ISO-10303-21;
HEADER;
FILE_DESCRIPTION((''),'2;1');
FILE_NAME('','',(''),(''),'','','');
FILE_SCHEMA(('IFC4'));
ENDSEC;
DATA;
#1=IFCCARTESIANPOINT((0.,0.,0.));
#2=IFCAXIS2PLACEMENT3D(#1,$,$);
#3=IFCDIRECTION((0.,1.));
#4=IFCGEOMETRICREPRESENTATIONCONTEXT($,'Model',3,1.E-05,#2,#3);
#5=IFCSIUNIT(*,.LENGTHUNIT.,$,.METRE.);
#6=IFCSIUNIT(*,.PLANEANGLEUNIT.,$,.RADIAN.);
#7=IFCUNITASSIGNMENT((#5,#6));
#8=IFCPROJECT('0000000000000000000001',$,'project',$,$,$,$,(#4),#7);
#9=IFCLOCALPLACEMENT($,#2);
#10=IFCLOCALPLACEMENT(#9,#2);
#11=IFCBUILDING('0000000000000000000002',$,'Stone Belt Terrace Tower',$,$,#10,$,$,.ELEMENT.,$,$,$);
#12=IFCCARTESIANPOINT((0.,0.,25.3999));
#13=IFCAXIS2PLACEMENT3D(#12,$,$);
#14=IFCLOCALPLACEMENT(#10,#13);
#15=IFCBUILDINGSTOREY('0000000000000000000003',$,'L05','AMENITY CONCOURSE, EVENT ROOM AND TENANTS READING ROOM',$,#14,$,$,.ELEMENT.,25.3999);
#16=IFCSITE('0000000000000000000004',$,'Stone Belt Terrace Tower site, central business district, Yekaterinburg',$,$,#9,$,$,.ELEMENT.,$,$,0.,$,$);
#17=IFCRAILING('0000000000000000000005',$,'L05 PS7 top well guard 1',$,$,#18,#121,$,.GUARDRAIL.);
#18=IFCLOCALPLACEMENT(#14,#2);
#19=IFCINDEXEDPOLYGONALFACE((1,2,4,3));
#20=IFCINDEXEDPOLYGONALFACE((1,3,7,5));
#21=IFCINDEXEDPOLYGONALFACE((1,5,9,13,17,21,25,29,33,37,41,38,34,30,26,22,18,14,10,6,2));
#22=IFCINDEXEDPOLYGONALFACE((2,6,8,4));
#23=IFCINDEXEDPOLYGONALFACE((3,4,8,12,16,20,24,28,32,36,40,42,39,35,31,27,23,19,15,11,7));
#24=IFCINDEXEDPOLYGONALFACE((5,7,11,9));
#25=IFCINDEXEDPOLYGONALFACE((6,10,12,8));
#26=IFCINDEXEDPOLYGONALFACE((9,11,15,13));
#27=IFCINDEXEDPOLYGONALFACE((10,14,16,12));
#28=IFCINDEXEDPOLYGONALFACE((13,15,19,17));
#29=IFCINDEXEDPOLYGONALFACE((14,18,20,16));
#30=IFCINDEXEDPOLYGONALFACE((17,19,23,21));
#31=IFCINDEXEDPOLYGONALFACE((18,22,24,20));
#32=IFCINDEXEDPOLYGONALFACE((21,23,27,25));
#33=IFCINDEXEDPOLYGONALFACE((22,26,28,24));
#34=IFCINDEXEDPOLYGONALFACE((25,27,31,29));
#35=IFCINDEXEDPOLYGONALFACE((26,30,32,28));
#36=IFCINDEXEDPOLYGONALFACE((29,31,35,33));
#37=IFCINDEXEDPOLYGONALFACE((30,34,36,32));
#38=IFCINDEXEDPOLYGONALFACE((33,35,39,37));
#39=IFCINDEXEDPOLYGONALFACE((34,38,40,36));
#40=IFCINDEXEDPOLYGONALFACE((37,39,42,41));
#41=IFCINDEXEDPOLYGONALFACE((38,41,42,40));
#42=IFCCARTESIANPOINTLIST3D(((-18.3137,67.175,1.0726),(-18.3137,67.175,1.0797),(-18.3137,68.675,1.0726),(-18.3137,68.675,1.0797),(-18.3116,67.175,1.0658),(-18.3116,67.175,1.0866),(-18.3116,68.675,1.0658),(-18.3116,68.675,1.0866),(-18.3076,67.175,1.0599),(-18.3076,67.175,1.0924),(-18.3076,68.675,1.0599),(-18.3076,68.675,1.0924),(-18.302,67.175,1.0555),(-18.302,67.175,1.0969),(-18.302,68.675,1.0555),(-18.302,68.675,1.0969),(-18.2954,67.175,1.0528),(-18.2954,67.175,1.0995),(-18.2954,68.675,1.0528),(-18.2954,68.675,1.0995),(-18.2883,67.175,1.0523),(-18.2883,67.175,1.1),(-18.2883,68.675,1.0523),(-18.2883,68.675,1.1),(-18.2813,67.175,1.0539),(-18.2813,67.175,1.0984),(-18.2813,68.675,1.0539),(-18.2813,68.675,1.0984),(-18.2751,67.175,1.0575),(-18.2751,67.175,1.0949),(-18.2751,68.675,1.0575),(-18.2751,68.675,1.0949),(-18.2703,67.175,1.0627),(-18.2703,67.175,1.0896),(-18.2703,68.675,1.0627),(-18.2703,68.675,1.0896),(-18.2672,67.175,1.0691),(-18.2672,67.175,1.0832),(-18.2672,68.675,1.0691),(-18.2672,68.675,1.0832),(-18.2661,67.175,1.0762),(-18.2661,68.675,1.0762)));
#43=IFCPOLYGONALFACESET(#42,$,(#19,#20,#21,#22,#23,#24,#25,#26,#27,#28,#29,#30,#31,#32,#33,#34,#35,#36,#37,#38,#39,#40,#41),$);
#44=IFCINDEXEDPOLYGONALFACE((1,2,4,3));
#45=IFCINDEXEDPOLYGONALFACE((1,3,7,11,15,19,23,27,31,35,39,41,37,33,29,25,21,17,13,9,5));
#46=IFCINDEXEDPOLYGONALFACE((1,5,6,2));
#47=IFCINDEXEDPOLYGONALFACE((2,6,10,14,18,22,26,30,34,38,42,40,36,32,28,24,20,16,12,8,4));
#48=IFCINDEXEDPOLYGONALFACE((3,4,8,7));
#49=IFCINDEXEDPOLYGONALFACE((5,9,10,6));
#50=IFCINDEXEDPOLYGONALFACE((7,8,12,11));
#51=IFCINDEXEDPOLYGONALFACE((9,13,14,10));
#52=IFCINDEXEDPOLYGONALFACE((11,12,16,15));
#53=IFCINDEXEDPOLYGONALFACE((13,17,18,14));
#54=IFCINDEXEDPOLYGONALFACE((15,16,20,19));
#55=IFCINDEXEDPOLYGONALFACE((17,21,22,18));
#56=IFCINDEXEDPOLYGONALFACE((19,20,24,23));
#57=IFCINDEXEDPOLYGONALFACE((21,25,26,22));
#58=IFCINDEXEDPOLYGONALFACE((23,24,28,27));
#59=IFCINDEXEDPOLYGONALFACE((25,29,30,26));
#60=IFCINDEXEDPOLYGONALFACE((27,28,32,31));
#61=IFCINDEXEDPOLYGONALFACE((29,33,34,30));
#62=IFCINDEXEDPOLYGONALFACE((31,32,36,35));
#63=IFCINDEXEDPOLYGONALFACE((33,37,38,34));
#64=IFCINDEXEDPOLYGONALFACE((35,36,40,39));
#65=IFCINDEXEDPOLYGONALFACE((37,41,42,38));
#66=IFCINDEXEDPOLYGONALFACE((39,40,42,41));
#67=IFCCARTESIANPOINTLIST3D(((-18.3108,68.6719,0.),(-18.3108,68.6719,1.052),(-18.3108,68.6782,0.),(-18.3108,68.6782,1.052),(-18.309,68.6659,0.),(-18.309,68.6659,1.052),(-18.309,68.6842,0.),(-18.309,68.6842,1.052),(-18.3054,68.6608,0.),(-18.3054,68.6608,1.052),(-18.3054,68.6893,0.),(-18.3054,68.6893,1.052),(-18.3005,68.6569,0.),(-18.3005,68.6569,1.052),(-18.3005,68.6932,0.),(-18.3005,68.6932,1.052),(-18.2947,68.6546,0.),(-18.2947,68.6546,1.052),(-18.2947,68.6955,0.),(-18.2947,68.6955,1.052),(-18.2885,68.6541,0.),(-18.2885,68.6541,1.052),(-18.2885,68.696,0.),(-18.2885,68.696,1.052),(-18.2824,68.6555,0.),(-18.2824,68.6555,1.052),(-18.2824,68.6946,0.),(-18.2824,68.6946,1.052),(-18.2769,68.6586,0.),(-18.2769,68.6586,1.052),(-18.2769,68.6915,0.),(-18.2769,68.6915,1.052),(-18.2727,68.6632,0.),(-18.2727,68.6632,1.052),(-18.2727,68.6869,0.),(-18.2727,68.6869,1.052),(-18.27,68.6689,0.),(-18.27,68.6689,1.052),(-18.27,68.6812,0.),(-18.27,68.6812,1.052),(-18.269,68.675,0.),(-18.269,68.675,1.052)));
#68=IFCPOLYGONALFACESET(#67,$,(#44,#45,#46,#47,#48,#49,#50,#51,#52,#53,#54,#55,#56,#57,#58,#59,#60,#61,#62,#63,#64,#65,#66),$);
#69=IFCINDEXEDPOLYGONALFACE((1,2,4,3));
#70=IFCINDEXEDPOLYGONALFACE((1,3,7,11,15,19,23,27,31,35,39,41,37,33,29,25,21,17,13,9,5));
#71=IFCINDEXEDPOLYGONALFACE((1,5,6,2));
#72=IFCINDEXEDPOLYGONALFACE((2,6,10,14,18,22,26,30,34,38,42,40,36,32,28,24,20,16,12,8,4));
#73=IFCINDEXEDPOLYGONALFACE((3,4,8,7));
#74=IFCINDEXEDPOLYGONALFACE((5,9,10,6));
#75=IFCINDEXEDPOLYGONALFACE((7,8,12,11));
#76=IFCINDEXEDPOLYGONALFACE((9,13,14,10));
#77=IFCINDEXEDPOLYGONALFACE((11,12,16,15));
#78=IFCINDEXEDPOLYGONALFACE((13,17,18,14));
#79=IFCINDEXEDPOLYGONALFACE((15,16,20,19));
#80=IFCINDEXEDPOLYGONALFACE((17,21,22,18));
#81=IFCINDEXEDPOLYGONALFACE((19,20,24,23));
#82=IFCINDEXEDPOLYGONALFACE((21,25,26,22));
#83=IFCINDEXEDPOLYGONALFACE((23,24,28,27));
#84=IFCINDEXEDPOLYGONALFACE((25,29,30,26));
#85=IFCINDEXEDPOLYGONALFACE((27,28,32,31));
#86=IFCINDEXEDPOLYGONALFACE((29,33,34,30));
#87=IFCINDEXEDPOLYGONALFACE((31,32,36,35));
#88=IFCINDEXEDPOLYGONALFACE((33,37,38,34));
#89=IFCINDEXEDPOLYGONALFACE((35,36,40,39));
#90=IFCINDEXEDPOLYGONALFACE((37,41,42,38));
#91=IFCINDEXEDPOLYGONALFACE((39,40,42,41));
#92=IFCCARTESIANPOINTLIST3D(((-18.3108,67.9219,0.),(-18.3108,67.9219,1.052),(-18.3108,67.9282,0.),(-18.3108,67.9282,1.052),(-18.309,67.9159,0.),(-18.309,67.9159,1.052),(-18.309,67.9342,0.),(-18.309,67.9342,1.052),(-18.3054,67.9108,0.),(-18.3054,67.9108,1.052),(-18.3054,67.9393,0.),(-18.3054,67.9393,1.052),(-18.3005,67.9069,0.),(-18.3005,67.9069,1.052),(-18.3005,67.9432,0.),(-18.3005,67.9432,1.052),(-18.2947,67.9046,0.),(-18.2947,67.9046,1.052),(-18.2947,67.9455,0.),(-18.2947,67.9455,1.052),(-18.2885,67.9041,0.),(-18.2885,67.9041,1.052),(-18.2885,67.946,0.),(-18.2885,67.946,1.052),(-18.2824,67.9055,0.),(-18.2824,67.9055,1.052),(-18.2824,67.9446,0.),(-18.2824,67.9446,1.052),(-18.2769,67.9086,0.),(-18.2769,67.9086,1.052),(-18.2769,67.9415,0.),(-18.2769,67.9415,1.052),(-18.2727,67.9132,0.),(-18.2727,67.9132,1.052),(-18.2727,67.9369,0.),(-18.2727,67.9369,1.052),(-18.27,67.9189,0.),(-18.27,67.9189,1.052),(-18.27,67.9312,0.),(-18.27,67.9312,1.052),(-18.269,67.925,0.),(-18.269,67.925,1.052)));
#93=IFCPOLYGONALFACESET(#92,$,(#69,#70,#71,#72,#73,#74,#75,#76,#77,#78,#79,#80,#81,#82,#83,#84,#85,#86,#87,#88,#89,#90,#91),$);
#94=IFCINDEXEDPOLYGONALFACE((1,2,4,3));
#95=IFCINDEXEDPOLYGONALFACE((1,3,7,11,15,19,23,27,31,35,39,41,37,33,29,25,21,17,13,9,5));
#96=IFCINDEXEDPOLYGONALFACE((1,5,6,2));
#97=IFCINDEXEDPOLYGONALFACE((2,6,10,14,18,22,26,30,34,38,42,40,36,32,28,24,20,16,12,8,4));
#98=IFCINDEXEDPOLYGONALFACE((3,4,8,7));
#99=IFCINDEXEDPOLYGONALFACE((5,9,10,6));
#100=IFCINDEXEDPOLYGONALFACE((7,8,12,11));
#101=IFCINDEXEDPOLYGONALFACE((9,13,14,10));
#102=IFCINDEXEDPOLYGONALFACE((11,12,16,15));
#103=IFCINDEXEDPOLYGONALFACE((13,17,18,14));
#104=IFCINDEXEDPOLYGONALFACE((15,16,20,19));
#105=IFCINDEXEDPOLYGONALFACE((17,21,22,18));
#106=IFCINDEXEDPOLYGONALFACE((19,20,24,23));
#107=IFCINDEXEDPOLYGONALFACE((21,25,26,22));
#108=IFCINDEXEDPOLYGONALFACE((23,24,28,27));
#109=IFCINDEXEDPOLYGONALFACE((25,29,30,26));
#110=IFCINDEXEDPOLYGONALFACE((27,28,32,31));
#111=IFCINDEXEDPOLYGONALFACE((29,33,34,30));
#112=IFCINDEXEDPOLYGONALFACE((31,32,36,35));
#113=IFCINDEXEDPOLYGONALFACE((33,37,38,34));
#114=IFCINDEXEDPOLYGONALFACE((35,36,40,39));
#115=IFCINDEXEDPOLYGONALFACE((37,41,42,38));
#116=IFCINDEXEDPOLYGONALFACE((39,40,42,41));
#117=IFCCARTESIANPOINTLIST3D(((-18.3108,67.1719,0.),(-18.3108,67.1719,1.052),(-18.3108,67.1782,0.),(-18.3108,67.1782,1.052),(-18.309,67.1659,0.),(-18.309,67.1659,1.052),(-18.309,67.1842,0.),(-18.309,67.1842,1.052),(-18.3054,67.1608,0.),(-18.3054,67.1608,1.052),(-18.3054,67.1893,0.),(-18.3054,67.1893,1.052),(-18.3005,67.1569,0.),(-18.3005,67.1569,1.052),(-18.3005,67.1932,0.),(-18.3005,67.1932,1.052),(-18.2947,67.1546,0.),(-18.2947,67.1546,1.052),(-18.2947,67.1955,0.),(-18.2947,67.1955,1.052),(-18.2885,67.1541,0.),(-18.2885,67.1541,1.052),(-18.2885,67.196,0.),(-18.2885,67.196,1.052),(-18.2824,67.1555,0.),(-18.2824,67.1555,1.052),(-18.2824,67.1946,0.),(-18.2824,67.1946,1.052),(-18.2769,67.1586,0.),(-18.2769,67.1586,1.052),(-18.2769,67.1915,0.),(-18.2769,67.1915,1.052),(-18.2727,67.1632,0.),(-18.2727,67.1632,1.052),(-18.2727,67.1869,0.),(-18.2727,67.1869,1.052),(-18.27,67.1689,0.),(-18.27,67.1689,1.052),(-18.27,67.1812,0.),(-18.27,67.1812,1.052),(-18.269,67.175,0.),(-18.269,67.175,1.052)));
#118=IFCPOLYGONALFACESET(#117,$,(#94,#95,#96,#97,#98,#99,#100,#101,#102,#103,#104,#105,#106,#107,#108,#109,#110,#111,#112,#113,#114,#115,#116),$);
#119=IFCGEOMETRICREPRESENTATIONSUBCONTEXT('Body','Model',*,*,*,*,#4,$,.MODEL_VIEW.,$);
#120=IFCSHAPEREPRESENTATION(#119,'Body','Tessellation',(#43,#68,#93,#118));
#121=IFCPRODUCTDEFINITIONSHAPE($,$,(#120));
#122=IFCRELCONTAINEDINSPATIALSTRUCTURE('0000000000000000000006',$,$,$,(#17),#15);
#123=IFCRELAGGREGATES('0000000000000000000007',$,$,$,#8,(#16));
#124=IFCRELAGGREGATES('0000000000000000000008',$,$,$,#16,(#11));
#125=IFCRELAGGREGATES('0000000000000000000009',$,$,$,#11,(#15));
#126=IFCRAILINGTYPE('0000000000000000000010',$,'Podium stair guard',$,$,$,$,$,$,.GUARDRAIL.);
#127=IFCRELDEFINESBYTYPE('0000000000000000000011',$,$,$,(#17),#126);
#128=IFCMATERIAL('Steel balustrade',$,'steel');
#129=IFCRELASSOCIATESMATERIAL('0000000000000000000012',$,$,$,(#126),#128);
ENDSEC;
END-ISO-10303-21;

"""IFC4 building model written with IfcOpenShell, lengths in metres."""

from ifc_helpers import new_model, si_unit, direction, frame, origin, origin_2d, place, context, subcontext, project, spatial, circle, extrude, material, type_object, element, save


model = new_model("IFC4")

# Units and contexts
model_context = context("Model", 3, precision=1e-05, world=origin(), true_north=direction((0.0, 1.0)))
body_context = subcontext(model_context, "Body", "Model", "MODEL_VIEW")
ifc_project = project(units=[si_unit("LENGTHUNIT", "METRE"), si_unit("PLANEANGLEUNIT", "RADIAN")], contexts=[model_context])

# Site, building, storey
site_placement = place(None, origin())
site = spatial("IfcSite", under=ifc_project, at=site_placement, Name="Stone Belt Terrace Tower site, central business district, Yekaterinburg", CompositionType="ELEMENT", RefElevation=0.0)
building_placement = place(site_placement, origin())
building = spatial("IfcBuilding", under=site, at=building_placement, Name="Stone Belt Terrace Tower", CompositionType="ELEMENT")
storey_placement = place(building_placement, frame((0.0, 0.0, 25.3999)))
storey = spatial("IfcBuildingStorey", under=building, at=storey_placement, Name="L05", Description="AMENITY CONCOURSE, EVENT ROOM AND TENANTS READING ROOM", CompositionType="ELEMENT", Elevation=25.3999)

# Railing
ifc_material_1 = material(Name="Steel balustrade", Category="steel")
railing_type = type_object("IfcRailingType", Name="Podium stair guard", PredefinedType="GUARDRAIL", material=ifc_material_1)
railing_placement = place(storey_placement, frame((-18.29, 68.675, 0.0)))
element("IfcRailing", 1, at=railing_placement, inside=storey, type_object=railing_type, Name="L05 PS7 top well guard 1", PredefinedType="GUARDRAIL", context=body_context, shape_type="SweptSolid", body=[
    extrude(circle(Radius=0.0239, at=origin_2d()), frame((0.0, 0.0, 1.0762), z_axis=(0.0, -1.0, 0.0), x_axis=(1.0, 0.0, 0.0)), (0.0, 0.0, 1.0), 1.5),
    extrude(circle(Radius=0.021, at=origin_2d()), origin(), (0.0, 0.0, 1.0), 1.052),
    extrude(circle(Radius=0.021, at=origin_2d()), frame((0.0, -0.75, 0.0)), (0.0, 0.0, 1.0), 1.052),
    extrude(circle(Radius=0.021, at=origin_2d()), frame((0.0, -1.5, 0.0)), (0.0, 0.0, 1.0), 1.052),
])

save(model, "model.ifc")
